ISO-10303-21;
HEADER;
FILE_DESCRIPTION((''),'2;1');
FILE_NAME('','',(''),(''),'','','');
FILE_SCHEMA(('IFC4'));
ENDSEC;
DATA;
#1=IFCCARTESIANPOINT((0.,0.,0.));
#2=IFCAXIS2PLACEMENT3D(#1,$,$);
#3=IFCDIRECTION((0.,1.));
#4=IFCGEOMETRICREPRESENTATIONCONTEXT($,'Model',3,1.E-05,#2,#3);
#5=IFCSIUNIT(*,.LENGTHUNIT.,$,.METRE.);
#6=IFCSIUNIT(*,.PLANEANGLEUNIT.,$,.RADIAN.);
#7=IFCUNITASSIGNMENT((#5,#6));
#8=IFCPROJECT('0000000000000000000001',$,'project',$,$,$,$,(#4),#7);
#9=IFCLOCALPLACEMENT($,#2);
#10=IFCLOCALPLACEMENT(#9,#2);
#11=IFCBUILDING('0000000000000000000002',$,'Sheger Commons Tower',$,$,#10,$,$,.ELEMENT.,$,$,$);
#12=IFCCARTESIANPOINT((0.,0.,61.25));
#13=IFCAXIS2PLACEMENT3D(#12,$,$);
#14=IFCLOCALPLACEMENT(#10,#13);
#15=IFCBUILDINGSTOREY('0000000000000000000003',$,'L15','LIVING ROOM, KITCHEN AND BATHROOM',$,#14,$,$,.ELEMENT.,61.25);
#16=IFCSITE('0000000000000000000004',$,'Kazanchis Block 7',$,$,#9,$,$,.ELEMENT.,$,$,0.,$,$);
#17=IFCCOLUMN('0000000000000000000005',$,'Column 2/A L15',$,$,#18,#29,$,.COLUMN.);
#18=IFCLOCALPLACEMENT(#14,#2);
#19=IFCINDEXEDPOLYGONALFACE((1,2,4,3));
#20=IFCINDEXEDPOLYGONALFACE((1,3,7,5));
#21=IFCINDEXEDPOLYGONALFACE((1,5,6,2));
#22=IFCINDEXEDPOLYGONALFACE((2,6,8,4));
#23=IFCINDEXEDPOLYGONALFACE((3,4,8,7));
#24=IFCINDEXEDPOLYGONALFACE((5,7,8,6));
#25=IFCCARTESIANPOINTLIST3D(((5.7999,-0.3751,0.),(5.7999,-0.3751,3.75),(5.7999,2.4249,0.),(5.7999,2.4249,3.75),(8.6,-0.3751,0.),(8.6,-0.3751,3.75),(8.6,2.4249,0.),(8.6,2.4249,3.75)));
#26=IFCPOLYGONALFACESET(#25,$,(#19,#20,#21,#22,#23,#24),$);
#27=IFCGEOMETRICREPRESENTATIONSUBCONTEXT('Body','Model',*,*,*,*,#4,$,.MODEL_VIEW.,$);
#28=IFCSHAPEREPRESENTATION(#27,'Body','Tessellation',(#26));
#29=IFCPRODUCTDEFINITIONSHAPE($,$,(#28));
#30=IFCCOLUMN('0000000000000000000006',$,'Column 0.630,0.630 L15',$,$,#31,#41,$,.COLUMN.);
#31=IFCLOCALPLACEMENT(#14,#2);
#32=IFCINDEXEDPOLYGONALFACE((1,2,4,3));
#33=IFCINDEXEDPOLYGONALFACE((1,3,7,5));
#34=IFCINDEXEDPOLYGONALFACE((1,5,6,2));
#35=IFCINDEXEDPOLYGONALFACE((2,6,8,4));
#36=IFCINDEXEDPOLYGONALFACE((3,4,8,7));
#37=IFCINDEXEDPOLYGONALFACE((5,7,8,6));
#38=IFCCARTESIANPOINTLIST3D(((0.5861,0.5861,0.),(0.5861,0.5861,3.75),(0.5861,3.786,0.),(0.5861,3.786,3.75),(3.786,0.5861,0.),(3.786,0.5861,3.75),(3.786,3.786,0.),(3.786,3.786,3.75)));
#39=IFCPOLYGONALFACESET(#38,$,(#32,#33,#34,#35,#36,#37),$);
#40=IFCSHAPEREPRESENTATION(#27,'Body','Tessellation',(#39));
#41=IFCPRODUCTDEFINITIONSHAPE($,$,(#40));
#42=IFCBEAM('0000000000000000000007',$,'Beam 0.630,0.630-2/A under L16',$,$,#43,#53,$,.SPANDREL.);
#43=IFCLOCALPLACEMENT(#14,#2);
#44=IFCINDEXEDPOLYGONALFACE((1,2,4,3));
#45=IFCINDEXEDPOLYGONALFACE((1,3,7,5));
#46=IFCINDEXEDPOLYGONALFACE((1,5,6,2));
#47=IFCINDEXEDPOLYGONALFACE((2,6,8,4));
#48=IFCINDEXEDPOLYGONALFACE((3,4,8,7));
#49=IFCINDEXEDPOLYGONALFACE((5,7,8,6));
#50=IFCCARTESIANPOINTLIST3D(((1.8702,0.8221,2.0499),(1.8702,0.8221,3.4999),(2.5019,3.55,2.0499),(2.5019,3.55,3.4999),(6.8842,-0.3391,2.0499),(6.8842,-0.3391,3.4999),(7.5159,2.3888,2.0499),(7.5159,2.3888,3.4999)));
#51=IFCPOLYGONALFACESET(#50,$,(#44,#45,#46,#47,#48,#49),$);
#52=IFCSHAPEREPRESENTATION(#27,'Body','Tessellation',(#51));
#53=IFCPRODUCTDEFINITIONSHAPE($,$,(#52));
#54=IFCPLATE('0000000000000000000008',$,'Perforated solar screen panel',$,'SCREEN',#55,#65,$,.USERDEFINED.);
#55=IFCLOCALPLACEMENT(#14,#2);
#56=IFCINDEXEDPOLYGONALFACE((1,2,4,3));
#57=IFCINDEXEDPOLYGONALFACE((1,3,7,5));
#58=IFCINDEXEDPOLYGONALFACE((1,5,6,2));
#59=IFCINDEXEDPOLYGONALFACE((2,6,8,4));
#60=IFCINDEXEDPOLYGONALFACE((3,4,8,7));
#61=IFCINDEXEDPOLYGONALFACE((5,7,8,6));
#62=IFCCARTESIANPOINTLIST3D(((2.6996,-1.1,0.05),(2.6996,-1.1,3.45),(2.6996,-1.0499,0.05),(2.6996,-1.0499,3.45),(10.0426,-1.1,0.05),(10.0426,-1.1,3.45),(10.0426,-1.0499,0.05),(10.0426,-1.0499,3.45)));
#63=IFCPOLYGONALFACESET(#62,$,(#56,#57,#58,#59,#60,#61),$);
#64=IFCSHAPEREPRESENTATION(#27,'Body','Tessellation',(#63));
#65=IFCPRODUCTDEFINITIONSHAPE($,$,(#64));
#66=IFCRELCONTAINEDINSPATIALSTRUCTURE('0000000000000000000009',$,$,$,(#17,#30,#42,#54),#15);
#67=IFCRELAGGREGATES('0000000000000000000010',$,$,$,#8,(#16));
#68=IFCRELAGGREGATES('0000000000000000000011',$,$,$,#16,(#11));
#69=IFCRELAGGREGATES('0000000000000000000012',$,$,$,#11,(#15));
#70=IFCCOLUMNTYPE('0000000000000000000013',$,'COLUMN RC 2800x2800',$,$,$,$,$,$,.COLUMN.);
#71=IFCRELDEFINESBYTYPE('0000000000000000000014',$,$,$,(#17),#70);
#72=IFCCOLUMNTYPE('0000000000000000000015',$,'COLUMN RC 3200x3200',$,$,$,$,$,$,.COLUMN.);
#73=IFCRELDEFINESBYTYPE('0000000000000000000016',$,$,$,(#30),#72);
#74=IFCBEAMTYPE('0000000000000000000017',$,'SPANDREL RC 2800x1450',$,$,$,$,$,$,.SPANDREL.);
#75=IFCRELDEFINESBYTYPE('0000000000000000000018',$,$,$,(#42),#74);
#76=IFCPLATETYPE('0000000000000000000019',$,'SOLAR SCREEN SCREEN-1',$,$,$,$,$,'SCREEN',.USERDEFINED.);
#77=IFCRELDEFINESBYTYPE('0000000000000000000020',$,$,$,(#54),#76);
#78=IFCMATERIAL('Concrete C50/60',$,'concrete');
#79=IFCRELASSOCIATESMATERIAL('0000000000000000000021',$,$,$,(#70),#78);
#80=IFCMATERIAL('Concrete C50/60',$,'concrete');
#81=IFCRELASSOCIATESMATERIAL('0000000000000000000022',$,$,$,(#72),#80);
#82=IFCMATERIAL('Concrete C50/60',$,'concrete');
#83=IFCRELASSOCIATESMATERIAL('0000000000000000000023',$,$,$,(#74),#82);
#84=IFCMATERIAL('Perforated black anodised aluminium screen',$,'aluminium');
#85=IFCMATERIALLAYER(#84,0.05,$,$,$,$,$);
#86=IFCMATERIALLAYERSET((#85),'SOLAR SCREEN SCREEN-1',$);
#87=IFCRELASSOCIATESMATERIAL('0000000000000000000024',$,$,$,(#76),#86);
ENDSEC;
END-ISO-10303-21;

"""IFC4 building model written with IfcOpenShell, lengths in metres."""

from ifc_helpers import new_model, si_unit, direction, frame, origin, origin_2d, place, context, subcontext, project, spatial, rectangle, extrude, material, layer, layer_set, material_profile, profile_set, type_object, element, save


model = new_model("IFC4")

# Units and contexts
model_context = context("Model", 3, precision=1e-05, world=origin(), true_north=direction((0.0, 1.0)))
body_context = subcontext(model_context, "Body", "Model", "MODEL_VIEW")
ifc_project = project(units=[si_unit("LENGTHUNIT", "METRE"), si_unit("PLANEANGLEUNIT", "RADIAN")], contexts=[model_context])

# Site, building, storey
site_placement = place(None, origin())
site = spatial("IfcSite", under=ifc_project, at=site_placement, Name="Kazanchis Block 7", CompositionType="ELEMENT", RefElevation=0.0)
building_placement = place(site_placement, origin())
building = spatial("IfcBuilding", under=site, at=building_placement, Name="Sheger Commons Tower", CompositionType="ELEMENT")
storey_placement = place(building_placement, frame((0.0, 0.0, 61.25)))
storey = spatial("IfcBuildingStorey", under=building, at=storey_placement, Name="L15", Description="LIVING ROOM, KITCHEN AND BATHROOM", CompositionType="ELEMENT", Elevation=61.25)

# Columns
ifc_material_1 = material(Name="Concrete C50/60", Category="concrete")
ifc_material_profile_1 = material_profile(ifc_material_1, rectangle(XDim=2.8, YDim=2.8, at=origin_2d()), Name="RC 2800x2800")
ifc_profile_set_1 = profile_set([ifc_material_profile_1], Name="Concrete C50/60")
column_type_1 = type_object("IfcColumnType", Name="COLUMN RC 2800x2800", PredefinedType="COLUMN", material=ifc_profile_set_1)
column_1_placement = place(storey_placement, frame((7.2, 1.0249, 0.0), z_axis=(0.0, 0.0, 1.0), x_axis=(1.0, 0.0, 0.0)))
element("IfcColumn", 1, at=column_1_placement, inside=storey, type_object=column_type_1, Name="Column 2/A L15", PredefinedType="COLUMN", context=body_context, shape_type="SweptSolid", body=[
    extrude(rectangle(XDim=2.8, YDim=2.8, at=origin_2d()), origin(), (0.0, 0.0, 1.0), 3.75),
])
ifc_material_2 = material(Name="Concrete C50/60", Category="concrete")
ifc_material_profile_2 = material_profile(ifc_material_2, rectangle(XDim=3.2, YDim=3.2, at=origin_2d()), Name="RC 3200x3200")
ifc_profile_set_2 = profile_set([ifc_material_profile_2], Name="Concrete C50/60")
column_type_2 = type_object("IfcColumnType", Name="COLUMN RC 3200x3200", PredefinedType="COLUMN", material=ifc_profile_set_2)
column_2_placement = place(storey_placement, frame((2.186, 2.186, 0.0), z_axis=(0.0, 0.0, 1.0), x_axis=(1.0, 0.0, 0.0)))
element("IfcColumn", 2, at=column_2_placement, inside=storey, type_object=column_type_2, Name="Column 0.630,0.630 L15", PredefinedType="COLUMN", context=body_context, shape_type="SweptSolid", body=[
    extrude(rectangle(XDim=3.2, YDim=3.2, at=origin_2d()), origin(), (0.0, 0.0, 1.0), 3.75),
])

# Beam
ifc_material_3 = material(Name="Concrete C50/60", Category="concrete")
ifc_material_profile_3 = material_profile(ifc_material_3, rectangle(XDim=2.8, YDim=1.45, at=origin_2d()), Name="RC 2800x1450")
ifc_profile_set_3 = profile_set([ifc_material_profile_3], Name="Concrete C50/60")
beam_type = type_object("IfcBeamType", Name="SPANDREL RC 2800x1450", PredefinedType="SPANDREL", material=ifc_profile_set_3)
beam_placement = place(storey_placement, frame((2.186, 2.186, 2.7749), z_axis=(0.974217, -0.225611, 0.0), x_axis=(0.225611, 0.974217, 0.0)))
element("IfcBeam", 3, at=beam_placement, inside=storey, type_object=beam_type, Name="Beam 0.630,0.630-2/A under L16", PredefinedType="SPANDREL", context=body_context, shape_type="SweptSolid", body=[
    extrude(rectangle(XDim=2.8, YDim=1.45, at=origin_2d()), origin(), (0.0, 0.0, 1.0), 5.1467),
])

# Plate
ifc_material_4 = material(Name="Perforated black anodised aluminium screen", Category="aluminium")
ifc_layer_1 = layer(ifc_material_4, 0.05)
ifc_layer_set_1 = layer_set([ifc_layer_1], Name="SOLAR SCREEN SCREEN-1")
plate_type = type_object("IfcPlateType", Name="SOLAR SCREEN SCREEN-1", ElementType="SCREEN", PredefinedType="USERDEFINED", material=ifc_layer_set_1)
plate_placement = place(storey_placement, frame((6.3711, -1.075, 0.05), z_axis=(0.0, 0.0, 1.0), x_axis=(1.0, 0.0, 0.0)))
element("IfcPlate", 4, at=plate_placement, inside=storey, type_object=plate_type, Name="Perforated solar screen panel", ObjectType="SCREEN", PredefinedType="USERDEFINED", context=body_context, shape_type="SweptSolid", body=[
    extrude(rectangle(XDim=7.343, YDim=0.05, at=origin_2d()), origin(), (0.0, 0.0, 1.0), 3.3999),
])

save(model, "model.ifc")
